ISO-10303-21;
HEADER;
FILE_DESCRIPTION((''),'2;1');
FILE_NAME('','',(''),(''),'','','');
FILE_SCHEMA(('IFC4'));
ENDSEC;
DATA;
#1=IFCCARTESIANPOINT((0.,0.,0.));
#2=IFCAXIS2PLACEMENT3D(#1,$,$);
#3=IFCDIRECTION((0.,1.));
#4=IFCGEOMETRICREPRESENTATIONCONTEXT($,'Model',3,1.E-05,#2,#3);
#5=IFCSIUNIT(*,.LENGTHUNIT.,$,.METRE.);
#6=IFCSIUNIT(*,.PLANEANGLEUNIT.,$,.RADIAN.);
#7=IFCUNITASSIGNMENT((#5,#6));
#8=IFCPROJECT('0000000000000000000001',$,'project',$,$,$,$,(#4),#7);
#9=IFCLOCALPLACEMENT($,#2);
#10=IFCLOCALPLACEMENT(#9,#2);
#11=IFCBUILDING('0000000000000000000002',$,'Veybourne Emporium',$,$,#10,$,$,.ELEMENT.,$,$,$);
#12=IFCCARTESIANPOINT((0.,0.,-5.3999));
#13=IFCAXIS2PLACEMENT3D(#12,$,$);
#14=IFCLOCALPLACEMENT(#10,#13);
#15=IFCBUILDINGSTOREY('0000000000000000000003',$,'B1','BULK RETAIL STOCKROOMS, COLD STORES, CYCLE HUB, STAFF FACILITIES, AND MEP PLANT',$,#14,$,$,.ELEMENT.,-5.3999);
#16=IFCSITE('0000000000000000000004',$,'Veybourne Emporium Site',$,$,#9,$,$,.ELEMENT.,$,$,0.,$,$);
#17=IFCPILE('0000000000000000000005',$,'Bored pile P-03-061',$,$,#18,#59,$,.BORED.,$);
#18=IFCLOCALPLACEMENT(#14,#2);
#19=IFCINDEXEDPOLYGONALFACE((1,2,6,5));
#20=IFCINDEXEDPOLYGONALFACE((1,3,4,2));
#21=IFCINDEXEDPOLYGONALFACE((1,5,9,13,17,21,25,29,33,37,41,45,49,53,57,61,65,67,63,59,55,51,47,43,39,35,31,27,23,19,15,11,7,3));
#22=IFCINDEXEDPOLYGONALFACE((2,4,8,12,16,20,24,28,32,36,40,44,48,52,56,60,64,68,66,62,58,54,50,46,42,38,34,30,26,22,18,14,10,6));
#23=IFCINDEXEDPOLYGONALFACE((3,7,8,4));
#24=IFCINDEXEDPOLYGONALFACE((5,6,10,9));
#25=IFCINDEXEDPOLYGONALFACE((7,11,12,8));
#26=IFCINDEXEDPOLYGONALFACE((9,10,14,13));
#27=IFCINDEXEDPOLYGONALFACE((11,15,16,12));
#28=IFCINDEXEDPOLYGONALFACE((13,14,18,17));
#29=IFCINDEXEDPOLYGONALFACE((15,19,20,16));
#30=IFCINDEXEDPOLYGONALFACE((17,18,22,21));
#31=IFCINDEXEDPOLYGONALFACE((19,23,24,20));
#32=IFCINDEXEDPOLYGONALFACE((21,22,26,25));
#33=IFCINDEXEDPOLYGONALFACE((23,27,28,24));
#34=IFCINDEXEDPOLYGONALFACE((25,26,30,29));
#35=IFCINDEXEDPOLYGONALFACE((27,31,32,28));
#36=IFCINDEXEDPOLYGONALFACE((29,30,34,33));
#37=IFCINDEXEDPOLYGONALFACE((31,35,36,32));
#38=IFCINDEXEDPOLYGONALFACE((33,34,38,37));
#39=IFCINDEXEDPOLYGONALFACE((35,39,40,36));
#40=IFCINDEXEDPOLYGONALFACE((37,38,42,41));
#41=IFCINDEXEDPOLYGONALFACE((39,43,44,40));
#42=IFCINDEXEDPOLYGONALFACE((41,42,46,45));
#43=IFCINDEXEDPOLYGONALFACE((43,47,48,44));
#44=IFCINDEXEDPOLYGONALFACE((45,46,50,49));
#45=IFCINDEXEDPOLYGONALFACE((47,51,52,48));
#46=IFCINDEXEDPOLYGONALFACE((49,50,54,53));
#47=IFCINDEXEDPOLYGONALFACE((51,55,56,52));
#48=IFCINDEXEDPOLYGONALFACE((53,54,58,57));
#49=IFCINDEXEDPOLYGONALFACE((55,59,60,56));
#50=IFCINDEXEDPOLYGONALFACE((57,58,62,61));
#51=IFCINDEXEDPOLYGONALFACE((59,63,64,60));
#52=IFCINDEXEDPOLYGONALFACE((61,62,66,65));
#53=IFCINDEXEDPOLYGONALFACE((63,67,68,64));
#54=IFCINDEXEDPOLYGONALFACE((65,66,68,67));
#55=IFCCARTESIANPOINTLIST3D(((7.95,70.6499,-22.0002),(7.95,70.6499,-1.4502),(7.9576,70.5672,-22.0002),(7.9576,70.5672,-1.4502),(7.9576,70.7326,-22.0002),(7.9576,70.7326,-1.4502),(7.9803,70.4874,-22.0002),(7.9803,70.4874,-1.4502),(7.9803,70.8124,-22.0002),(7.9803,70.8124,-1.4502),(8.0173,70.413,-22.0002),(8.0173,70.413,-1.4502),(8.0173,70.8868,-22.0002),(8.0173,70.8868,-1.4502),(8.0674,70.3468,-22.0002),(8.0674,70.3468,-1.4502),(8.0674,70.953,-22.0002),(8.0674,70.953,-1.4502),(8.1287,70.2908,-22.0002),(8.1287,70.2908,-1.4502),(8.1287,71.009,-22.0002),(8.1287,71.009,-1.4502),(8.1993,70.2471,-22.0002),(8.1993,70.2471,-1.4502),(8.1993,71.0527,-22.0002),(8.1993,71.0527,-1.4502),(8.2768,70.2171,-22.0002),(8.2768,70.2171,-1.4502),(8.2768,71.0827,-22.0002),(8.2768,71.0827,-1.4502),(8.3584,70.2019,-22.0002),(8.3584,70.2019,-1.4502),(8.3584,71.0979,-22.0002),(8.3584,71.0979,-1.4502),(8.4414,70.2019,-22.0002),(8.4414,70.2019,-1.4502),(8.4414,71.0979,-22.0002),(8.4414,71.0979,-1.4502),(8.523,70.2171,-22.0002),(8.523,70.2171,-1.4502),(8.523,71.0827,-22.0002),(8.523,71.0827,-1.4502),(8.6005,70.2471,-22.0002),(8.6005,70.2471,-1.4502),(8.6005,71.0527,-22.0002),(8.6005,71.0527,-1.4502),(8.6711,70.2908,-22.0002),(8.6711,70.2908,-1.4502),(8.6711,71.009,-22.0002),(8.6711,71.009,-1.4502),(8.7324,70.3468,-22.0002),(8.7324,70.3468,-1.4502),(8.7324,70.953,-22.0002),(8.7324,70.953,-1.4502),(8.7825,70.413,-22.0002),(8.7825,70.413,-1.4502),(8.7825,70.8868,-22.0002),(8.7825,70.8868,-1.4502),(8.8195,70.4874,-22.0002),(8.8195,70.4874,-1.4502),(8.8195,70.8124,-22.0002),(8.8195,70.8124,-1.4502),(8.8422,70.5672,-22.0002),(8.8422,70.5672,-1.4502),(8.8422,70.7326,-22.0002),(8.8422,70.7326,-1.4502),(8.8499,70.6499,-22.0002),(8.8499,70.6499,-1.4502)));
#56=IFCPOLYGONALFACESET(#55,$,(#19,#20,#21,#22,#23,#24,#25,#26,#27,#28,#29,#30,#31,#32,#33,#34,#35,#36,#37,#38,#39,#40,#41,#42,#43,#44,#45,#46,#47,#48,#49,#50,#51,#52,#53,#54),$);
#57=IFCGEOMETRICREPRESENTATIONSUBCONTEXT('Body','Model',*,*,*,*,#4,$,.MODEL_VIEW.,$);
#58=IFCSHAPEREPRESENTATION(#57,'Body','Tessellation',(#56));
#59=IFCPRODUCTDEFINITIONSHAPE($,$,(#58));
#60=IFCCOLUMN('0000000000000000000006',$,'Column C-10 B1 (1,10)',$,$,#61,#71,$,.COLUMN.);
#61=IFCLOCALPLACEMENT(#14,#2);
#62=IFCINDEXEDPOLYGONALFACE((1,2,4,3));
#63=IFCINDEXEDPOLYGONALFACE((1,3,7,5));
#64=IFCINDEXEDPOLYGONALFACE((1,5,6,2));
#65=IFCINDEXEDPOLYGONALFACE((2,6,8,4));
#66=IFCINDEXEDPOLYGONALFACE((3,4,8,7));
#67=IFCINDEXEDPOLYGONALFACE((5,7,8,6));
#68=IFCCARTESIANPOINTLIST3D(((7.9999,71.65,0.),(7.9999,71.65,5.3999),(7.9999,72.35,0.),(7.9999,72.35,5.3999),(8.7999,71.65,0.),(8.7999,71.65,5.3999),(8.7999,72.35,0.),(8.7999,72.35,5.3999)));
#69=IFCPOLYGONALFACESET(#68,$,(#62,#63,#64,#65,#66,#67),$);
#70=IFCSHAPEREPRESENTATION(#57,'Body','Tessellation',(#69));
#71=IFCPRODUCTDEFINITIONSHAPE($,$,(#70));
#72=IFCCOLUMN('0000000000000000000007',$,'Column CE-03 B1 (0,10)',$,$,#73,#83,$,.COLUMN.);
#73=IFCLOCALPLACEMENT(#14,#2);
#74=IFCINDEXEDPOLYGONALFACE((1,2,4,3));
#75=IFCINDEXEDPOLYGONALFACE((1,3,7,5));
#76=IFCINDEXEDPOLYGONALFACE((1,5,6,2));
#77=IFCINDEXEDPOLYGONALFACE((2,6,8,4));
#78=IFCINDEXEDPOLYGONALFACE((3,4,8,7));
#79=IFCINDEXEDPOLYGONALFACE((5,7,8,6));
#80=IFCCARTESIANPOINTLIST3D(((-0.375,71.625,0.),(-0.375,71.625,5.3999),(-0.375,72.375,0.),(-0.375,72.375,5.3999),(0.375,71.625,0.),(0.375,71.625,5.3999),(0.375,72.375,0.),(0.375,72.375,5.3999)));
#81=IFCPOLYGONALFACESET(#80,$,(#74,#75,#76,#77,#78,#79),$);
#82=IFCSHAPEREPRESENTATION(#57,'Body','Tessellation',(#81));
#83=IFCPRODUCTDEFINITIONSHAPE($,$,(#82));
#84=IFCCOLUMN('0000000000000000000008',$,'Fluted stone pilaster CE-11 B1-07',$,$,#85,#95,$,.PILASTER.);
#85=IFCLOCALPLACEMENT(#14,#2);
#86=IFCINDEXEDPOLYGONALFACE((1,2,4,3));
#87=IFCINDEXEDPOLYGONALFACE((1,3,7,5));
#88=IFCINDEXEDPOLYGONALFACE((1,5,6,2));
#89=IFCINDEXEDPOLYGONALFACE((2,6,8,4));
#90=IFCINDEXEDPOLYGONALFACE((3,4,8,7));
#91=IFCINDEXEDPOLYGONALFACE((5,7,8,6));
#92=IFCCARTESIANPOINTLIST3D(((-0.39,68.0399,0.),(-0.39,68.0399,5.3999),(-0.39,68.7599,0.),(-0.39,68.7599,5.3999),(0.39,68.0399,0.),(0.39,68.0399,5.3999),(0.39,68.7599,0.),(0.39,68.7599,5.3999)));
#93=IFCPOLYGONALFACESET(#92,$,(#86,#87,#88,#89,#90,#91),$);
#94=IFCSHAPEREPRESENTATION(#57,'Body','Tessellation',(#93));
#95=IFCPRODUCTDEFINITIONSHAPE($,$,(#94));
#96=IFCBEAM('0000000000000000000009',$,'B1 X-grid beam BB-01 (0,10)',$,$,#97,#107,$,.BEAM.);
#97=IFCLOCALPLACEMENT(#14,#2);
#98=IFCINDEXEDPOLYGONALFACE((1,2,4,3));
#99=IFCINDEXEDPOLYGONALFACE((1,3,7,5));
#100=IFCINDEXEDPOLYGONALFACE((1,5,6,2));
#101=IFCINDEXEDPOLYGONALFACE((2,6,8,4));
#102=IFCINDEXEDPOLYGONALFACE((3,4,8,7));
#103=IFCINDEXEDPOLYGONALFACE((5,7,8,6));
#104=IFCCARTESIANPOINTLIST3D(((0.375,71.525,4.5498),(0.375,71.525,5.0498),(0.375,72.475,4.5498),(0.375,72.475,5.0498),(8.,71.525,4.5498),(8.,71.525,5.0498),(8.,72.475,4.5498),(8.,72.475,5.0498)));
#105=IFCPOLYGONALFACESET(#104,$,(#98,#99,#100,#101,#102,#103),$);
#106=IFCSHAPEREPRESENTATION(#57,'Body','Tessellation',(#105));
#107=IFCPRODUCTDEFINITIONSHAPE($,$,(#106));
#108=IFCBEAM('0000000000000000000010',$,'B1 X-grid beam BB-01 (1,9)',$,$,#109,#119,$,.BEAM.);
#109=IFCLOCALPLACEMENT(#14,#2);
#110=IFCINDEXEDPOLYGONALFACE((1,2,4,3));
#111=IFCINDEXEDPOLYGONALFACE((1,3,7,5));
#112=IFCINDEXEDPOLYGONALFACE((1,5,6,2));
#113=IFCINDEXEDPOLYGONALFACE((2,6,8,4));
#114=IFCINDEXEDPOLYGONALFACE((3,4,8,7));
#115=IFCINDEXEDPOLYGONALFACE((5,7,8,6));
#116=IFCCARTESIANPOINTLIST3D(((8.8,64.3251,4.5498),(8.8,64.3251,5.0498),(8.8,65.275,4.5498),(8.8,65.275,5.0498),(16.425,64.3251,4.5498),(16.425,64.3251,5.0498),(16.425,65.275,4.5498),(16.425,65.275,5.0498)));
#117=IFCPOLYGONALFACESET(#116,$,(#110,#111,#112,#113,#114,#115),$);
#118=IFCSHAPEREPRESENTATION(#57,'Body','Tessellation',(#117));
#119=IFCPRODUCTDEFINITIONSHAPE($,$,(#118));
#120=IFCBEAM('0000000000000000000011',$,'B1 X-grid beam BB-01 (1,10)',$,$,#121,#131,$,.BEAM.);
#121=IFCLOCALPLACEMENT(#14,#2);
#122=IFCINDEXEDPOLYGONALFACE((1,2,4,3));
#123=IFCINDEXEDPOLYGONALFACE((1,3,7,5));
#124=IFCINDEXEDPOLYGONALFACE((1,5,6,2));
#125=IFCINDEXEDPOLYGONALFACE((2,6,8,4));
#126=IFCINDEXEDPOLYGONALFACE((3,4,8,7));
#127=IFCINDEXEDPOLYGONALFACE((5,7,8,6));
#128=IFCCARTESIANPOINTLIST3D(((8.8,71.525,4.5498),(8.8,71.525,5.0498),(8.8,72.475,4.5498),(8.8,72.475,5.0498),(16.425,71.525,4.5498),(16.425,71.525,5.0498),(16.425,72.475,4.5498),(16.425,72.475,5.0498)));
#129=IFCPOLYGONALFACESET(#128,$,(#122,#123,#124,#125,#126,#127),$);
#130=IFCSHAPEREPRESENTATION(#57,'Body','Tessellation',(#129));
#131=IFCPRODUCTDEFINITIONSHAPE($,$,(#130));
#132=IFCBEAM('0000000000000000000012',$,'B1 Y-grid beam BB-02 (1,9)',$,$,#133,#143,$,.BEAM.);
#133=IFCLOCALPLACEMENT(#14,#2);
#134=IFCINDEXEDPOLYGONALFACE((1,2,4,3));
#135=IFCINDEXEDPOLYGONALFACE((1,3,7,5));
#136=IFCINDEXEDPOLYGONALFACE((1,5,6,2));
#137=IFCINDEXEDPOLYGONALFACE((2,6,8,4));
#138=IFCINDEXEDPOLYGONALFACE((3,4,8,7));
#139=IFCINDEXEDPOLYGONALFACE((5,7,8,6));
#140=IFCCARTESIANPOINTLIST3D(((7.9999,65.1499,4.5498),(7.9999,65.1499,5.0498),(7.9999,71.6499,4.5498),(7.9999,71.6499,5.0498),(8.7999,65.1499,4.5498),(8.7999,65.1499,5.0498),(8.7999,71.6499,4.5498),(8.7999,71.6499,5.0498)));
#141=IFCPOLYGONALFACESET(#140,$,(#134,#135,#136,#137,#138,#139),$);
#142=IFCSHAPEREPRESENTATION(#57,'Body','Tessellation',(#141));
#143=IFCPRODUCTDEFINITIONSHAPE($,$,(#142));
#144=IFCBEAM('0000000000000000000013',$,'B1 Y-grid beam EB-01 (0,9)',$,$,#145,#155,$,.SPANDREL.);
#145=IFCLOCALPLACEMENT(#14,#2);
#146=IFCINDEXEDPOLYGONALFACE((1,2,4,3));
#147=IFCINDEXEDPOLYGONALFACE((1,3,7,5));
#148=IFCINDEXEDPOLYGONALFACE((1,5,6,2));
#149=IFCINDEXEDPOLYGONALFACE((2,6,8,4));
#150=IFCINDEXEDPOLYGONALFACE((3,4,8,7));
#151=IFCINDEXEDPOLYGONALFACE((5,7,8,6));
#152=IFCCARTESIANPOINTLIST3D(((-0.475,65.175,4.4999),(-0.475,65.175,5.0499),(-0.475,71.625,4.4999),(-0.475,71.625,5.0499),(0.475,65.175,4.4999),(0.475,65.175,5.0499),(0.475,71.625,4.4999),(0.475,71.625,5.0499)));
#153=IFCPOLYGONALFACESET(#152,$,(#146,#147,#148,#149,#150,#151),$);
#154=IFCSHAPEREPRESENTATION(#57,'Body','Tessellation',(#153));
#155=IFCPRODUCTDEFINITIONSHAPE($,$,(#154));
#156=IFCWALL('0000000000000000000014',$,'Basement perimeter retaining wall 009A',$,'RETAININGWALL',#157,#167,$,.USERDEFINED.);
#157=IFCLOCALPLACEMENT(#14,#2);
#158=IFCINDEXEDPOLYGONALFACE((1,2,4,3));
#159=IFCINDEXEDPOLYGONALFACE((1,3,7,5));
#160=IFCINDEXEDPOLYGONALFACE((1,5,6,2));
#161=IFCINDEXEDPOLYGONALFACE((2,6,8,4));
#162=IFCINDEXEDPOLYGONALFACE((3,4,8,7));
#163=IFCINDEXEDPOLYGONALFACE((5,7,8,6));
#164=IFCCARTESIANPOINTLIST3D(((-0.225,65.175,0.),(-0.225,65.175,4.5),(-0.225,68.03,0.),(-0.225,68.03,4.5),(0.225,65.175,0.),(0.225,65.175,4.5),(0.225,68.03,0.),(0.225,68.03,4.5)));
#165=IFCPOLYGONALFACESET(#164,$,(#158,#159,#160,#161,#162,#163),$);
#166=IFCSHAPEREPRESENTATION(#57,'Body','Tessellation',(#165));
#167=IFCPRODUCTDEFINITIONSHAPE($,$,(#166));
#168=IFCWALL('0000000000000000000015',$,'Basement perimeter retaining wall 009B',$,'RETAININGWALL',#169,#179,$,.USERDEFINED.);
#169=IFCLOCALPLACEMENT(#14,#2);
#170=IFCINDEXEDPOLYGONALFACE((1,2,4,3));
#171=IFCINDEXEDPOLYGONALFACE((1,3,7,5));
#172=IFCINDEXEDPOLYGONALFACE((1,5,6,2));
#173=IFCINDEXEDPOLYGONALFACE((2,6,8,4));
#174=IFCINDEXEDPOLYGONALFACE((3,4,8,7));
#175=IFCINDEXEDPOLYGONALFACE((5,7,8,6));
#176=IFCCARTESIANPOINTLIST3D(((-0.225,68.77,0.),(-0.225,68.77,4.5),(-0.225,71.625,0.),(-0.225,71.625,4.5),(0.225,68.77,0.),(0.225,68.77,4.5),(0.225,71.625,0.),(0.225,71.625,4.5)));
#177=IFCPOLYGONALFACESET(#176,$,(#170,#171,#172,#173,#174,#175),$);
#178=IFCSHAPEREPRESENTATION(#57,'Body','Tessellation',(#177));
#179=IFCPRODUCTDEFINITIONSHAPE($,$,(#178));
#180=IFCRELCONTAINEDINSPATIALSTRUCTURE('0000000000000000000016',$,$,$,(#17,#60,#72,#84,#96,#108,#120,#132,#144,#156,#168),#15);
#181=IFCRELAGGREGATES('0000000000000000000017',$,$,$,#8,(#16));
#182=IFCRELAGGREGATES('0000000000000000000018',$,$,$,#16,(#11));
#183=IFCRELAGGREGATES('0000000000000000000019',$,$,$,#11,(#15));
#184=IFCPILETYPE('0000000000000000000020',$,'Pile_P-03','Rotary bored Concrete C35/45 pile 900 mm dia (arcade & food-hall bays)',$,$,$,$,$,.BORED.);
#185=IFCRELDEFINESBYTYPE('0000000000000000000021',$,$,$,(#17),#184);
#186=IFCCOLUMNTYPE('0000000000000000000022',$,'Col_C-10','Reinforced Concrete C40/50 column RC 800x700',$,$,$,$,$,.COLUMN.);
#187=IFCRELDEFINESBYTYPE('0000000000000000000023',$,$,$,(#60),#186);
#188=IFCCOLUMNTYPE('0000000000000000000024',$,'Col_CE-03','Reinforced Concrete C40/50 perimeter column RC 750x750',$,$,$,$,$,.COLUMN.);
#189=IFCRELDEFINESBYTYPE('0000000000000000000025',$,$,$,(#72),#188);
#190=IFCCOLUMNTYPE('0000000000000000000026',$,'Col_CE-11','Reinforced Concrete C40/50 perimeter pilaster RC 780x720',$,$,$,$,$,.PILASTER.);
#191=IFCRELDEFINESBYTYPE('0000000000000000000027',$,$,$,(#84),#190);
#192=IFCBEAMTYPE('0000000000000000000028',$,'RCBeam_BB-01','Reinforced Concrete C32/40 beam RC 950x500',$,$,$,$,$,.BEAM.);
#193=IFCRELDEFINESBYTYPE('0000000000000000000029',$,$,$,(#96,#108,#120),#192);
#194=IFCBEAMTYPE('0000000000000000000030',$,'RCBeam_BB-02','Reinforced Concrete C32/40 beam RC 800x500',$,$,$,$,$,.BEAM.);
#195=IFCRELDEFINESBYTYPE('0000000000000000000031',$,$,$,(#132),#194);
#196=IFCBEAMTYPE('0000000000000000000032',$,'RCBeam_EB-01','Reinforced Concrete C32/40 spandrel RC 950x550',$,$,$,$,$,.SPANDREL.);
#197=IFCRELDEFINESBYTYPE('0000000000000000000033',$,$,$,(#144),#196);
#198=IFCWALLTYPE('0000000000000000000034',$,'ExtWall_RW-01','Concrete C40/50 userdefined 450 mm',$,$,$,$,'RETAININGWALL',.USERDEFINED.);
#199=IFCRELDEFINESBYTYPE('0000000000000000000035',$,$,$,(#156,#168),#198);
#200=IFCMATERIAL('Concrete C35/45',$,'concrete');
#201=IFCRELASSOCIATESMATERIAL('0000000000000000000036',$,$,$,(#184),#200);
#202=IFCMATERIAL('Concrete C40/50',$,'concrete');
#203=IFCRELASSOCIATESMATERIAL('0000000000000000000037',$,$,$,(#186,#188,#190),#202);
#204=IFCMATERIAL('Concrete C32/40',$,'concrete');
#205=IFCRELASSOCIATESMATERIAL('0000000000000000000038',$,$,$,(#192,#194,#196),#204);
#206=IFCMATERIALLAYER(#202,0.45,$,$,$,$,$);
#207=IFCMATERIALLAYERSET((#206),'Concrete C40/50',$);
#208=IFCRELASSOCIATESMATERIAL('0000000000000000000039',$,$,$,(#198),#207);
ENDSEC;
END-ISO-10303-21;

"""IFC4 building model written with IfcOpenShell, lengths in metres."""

from ifc_helpers import new_model, si_unit, direction, frame, frame_2d, origin, origin_2d, place, context, subcontext, project, spatial, rectangle, circle, extrude, material, layer, layer_set, material_profile, profile_set, type_object, element, save


model = new_model("IFC4")

# Units and contexts
model_context = context("Model", 3, precision=1e-05, world=origin(), true_north=direction((0.0, 1.0)))
body_context = subcontext(model_context, "Body", "Model", "MODEL_VIEW")
ifc_project = project(units=[si_unit("LENGTHUNIT", "METRE"), si_unit("PLANEANGLEUNIT", "RADIAN")], contexts=[model_context])

# Site, building, storey
site_placement = place(None, origin())
site = spatial("IfcSite", under=ifc_project, at=site_placement, Name="Veybourne Emporium Site", CompositionType="ELEMENT", RefElevation=0.0)
building_placement = place(site_placement, origin())
building = spatial("IfcBuilding", under=site, at=building_placement, Name="Veybourne Emporium", CompositionType="ELEMENT")
storey_placement = place(building_placement, frame((0.0, 0.0, -5.3999)))
storey = spatial("IfcBuildingStorey", under=building, at=storey_placement, Name="B1", Description="BULK RETAIL STOCKROOMS, COLD STORES, CYCLE HUB, STAFF FACILITIES, AND MEP PLANT", CompositionType="ELEMENT", Elevation=-5.3999)

# Shared definitions
ifc_material_1 = material(Name="Concrete C35/45", Category="concrete")

# Pile
ifc_material_profile_1 = material_profile(ifc_material_1, circle(Radius=0.45, at=origin_2d()), Name="BORED PILE 900")
ifc_profile_set_1 = profile_set([ifc_material_profile_1], Name="Concrete C35/45")
pile_type = type_object("IfcPileType", Name="Pile_P-03", Description="Rotary bored Concrete C35/45 pile 900 mm dia (arcade & food-hall bays)", PredefinedType="BORED", material=ifc_profile_set_1)
for number, where, z_axis, x_axis, name in (
    (1, (8.3999, 70.6499, -1.4502), (0.0, 0.0, -1.0), (1.0, 0.0, 0.0), "Bored pile P-03-061"),
):
    element("IfcPile", number, at=place(storey_placement, frame(where, z_axis=z_axis, x_axis=x_axis)), inside=storey, type_object=pile_type, Name=name, PredefinedType="BORED", context=body_context, shape_type="SweptSolid", body=[
        extrude(circle(Radius=0.45, at=origin_2d()), origin(), (0.0, 0.0, 1.0), 20.55),
    ])

# Columns
ifc_material_2 = material(Name="Concrete C40/50", Category="concrete")
ifc_material_profile_2 = material_profile(ifc_material_2, rectangle(XDim=0.8, YDim=0.7, at=origin_2d()), Name="RC 800x700")
ifc_profile_set_2 = profile_set([ifc_material_profile_2], Name="Concrete C40/50")
column_type_1 = type_object("IfcColumnType", Name="Col_C-10", Description="Reinforced Concrete C40/50 column RC 800x700", PredefinedType="COLUMN", material=ifc_profile_set_2)
column_1_placement = place(storey_placement, frame((8.3999, 72.0, 0.0), z_axis=(0.0, 0.0, 1.0), x_axis=(1.0, 0.0, 0.0)))
element("IfcColumn", 2, at=column_1_placement, inside=storey, type_object=column_type_1, Name="Column C-10 B1 (1,10)", PredefinedType="COLUMN", context=body_context, shape_type="SweptSolid", body=[
    extrude(rectangle(XDim=0.8, YDim=0.7, at=origin_2d()), origin(), (0.0, 0.0, 1.0), 5.3999),
])
ifc_material_profile_3 = material_profile(ifc_material_2, rectangle(XDim=0.75, YDim=0.75, at=origin_2d()), Name="RC 750x750")
ifc_profile_set_3 = profile_set([ifc_material_profile_3], Name="Concrete C40/50")
column_type_2 = type_object("IfcColumnType", Name="Col_CE-03", Description="Reinforced Concrete C40/50 perimeter column RC 750x750", PredefinedType="COLUMN", material=ifc_profile_set_3)
column_2_placement = place(storey_placement, frame((0.0, 72.0, 0.0), z_axis=(0.0, 0.0, 1.0), x_axis=(1.0, 0.0, 0.0)))
element("IfcColumn", 3, at=column_2_placement, inside=storey, type_object=column_type_2, Name="Column CE-03 B1 (0,10)", PredefinedType="COLUMN", context=body_context, shape_type="SweptSolid", body=[
    extrude(rectangle(XDim=0.75, YDim=0.75, at=origin_2d()), origin(), (0.0, 0.0, 1.0), 5.3999),
])
ifc_material_profile_4 = material_profile(ifc_material_2, rectangle(XDim=0.78, YDim=0.72, at=origin_2d()), Name="RC 780x720")
ifc_profile_set_4 = profile_set([ifc_material_profile_4], Name="Concrete C40/50")
column_type_3 = type_object("IfcColumnType", Name="Col_CE-11", Description="Reinforced Concrete C40/50 perimeter pilaster RC 780x720", PredefinedType="PILASTER", material=ifc_profile_set_4)
column_3_placement = place(storey_placement, frame((0.0, 68.3999, 0.0), z_axis=(0.0, 0.0, 1.0), x_axis=(1.0, 0.0, 0.0)))
element("IfcColumn", 4, at=column_3_placement, inside=storey, type_object=column_type_3, Name="Fluted stone pilaster CE-11 B1-07", PredefinedType="PILASTER", context=body_context, shape_type="SweptSolid", body=[
    extrude(rectangle(XDim=0.78, YDim=0.72, at=origin_2d()), origin(), (0.0, 0.0, 1.0), 5.3999),
])

# Beams
ifc_material_3 = material(Name="Concrete C32/40", Category="concrete")
ifc_material_profile_5 = material_profile(ifc_material_3, rectangle(XDim=0.95, YDim=0.5, at=origin_2d()), Name="RC 950x500")
ifc_profile_set_5 = profile_set([ifc_material_profile_5], Name="Concrete C32/40")
beam_type_1 = type_object("IfcBeamType", Name="RCBeam_BB-01", Description="Reinforced Concrete C32/40 beam RC 950x500", PredefinedType="BEAM", material=ifc_profile_set_5)
for number, where, z_axis, x_axis, name in (
    (5, (0.375, 72.0, 4.7998), (1.0, 0.0, 0.0), (0.0, 1.0, 0.0), "B1 X-grid beam BB-01 (0,10)"),
    (6, (8.8, 64.8, 4.7998), (1.0, 0.0, 0.0), (0.0, 1.0, 0.0), "B1 X-grid beam BB-01 (1,9)"),
    (7, (8.8, 72.0, 4.7998), (1.0, 0.0, 0.0), (0.0, 1.0, 0.0), "B1 X-grid beam BB-01 (1,10)"),
):
    element("IfcBeam", number, at=place(storey_placement, frame(where, z_axis=z_axis, x_axis=x_axis)), inside=storey, type_object=beam_type_1, Name=name, PredefinedType="BEAM", context=body_context, shape_type="SweptSolid", body=[
        extrude(rectangle(XDim=0.95, YDim=0.5, at=origin_2d()), origin(), (0.0, 0.0, 1.0), 7.625),
    ])
ifc_material_profile_6 = material_profile(ifc_material_3, rectangle(XDim=0.8, YDim=0.5, at=origin_2d()), Name="RC 800x500")
ifc_profile_set_6 = profile_set([ifc_material_profile_6], Name="Concrete C32/40")
beam_type_2 = type_object("IfcBeamType", Name="RCBeam_BB-02", Description="Reinforced Concrete C32/40 beam RC 800x500", PredefinedType="BEAM", material=ifc_profile_set_6)
beam_1_placement = place(storey_placement, frame((8.3999, 65.1499, 4.7998), z_axis=(0.0, 1.0, 0.0), x_axis=(-1.0, 0.0, 0.0)))
element("IfcBeam", 8, at=beam_1_placement, inside=storey, type_object=beam_type_2, Name="B1 Y-grid beam BB-02 (1,9)", PredefinedType="BEAM", context=body_context, shape_type="SweptSolid", body=[
    extrude(rectangle(XDim=0.8, YDim=0.5, at=origin_2d()), origin(), (0.0, 0.0, 1.0), 6.5),
])
ifc_material_profile_7 = material_profile(ifc_material_3, rectangle(XDim=0.95, YDim=0.55, at=origin_2d()), Name="RC 950x550")
ifc_profile_set_7 = profile_set([ifc_material_profile_7], Name="Concrete C32/40")
beam_type_3 = type_object("IfcBeamType", Name="RCBeam_EB-01", Description="Reinforced Concrete C32/40 spandrel RC 950x550", PredefinedType="SPANDREL", material=ifc_profile_set_7)
beam_2_placement = place(storey_placement, frame((0.0, 65.175, 4.7749), z_axis=(0.0, 1.0, 0.0), x_axis=(-1.0, 0.0, 0.0)))
element("IfcBeam", 9, at=beam_2_placement, inside=storey, type_object=beam_type_3, Name="B1 Y-grid beam EB-01 (0,9)", PredefinedType="SPANDREL", context=body_context, shape_type="SweptSolid", body=[
    extrude(rectangle(XDim=0.95, YDim=0.55, at=origin_2d()), origin(), (0.0, 0.0, 1.0), 6.45),
])

# Walls
ifc_layer_1 = layer(ifc_material_2, 0.45)
ifc_layer_set_1 = layer_set([ifc_layer_1], Name="Concrete C40/50")
wall_type_1 = type_object("IfcWallType", Name="ExtWall_RW-01", Description="Concrete C40/50 userdefined 450 mm", ElementType="RETAININGWALL", PredefinedType="USERDEFINED", material=ifc_layer_set_1)
for number, where, z_axis, x_axis, name in (
    (10, (0.0, 65.175, 0.0), (0.0, 0.0, 1.0), (0.0, 1.0, 0.0), "Basement perimeter retaining wall 009A"),
    (11, (0.0, 68.77, 0.0), (0.0, 0.0, 1.0), (0.0, 1.0, 0.0), "Basement perimeter retaining wall 009B"),
):
    element("IfcWall", number, at=place(storey_placement, frame(where, z_axis=z_axis, x_axis=x_axis)), inside=storey, type_object=wall_type_1, Name=name, ObjectType="RETAININGWALL", PredefinedType="USERDEFINED", context=body_context, shape_type="SweptSolid", body=[
        extrude(rectangle(XDim=2.855, YDim=0.45, at=frame_2d((1.4275, 0.0))), origin(), (0.0, 0.0, 1.0), 4.5),
    ])

save(model, "model.ifc")
